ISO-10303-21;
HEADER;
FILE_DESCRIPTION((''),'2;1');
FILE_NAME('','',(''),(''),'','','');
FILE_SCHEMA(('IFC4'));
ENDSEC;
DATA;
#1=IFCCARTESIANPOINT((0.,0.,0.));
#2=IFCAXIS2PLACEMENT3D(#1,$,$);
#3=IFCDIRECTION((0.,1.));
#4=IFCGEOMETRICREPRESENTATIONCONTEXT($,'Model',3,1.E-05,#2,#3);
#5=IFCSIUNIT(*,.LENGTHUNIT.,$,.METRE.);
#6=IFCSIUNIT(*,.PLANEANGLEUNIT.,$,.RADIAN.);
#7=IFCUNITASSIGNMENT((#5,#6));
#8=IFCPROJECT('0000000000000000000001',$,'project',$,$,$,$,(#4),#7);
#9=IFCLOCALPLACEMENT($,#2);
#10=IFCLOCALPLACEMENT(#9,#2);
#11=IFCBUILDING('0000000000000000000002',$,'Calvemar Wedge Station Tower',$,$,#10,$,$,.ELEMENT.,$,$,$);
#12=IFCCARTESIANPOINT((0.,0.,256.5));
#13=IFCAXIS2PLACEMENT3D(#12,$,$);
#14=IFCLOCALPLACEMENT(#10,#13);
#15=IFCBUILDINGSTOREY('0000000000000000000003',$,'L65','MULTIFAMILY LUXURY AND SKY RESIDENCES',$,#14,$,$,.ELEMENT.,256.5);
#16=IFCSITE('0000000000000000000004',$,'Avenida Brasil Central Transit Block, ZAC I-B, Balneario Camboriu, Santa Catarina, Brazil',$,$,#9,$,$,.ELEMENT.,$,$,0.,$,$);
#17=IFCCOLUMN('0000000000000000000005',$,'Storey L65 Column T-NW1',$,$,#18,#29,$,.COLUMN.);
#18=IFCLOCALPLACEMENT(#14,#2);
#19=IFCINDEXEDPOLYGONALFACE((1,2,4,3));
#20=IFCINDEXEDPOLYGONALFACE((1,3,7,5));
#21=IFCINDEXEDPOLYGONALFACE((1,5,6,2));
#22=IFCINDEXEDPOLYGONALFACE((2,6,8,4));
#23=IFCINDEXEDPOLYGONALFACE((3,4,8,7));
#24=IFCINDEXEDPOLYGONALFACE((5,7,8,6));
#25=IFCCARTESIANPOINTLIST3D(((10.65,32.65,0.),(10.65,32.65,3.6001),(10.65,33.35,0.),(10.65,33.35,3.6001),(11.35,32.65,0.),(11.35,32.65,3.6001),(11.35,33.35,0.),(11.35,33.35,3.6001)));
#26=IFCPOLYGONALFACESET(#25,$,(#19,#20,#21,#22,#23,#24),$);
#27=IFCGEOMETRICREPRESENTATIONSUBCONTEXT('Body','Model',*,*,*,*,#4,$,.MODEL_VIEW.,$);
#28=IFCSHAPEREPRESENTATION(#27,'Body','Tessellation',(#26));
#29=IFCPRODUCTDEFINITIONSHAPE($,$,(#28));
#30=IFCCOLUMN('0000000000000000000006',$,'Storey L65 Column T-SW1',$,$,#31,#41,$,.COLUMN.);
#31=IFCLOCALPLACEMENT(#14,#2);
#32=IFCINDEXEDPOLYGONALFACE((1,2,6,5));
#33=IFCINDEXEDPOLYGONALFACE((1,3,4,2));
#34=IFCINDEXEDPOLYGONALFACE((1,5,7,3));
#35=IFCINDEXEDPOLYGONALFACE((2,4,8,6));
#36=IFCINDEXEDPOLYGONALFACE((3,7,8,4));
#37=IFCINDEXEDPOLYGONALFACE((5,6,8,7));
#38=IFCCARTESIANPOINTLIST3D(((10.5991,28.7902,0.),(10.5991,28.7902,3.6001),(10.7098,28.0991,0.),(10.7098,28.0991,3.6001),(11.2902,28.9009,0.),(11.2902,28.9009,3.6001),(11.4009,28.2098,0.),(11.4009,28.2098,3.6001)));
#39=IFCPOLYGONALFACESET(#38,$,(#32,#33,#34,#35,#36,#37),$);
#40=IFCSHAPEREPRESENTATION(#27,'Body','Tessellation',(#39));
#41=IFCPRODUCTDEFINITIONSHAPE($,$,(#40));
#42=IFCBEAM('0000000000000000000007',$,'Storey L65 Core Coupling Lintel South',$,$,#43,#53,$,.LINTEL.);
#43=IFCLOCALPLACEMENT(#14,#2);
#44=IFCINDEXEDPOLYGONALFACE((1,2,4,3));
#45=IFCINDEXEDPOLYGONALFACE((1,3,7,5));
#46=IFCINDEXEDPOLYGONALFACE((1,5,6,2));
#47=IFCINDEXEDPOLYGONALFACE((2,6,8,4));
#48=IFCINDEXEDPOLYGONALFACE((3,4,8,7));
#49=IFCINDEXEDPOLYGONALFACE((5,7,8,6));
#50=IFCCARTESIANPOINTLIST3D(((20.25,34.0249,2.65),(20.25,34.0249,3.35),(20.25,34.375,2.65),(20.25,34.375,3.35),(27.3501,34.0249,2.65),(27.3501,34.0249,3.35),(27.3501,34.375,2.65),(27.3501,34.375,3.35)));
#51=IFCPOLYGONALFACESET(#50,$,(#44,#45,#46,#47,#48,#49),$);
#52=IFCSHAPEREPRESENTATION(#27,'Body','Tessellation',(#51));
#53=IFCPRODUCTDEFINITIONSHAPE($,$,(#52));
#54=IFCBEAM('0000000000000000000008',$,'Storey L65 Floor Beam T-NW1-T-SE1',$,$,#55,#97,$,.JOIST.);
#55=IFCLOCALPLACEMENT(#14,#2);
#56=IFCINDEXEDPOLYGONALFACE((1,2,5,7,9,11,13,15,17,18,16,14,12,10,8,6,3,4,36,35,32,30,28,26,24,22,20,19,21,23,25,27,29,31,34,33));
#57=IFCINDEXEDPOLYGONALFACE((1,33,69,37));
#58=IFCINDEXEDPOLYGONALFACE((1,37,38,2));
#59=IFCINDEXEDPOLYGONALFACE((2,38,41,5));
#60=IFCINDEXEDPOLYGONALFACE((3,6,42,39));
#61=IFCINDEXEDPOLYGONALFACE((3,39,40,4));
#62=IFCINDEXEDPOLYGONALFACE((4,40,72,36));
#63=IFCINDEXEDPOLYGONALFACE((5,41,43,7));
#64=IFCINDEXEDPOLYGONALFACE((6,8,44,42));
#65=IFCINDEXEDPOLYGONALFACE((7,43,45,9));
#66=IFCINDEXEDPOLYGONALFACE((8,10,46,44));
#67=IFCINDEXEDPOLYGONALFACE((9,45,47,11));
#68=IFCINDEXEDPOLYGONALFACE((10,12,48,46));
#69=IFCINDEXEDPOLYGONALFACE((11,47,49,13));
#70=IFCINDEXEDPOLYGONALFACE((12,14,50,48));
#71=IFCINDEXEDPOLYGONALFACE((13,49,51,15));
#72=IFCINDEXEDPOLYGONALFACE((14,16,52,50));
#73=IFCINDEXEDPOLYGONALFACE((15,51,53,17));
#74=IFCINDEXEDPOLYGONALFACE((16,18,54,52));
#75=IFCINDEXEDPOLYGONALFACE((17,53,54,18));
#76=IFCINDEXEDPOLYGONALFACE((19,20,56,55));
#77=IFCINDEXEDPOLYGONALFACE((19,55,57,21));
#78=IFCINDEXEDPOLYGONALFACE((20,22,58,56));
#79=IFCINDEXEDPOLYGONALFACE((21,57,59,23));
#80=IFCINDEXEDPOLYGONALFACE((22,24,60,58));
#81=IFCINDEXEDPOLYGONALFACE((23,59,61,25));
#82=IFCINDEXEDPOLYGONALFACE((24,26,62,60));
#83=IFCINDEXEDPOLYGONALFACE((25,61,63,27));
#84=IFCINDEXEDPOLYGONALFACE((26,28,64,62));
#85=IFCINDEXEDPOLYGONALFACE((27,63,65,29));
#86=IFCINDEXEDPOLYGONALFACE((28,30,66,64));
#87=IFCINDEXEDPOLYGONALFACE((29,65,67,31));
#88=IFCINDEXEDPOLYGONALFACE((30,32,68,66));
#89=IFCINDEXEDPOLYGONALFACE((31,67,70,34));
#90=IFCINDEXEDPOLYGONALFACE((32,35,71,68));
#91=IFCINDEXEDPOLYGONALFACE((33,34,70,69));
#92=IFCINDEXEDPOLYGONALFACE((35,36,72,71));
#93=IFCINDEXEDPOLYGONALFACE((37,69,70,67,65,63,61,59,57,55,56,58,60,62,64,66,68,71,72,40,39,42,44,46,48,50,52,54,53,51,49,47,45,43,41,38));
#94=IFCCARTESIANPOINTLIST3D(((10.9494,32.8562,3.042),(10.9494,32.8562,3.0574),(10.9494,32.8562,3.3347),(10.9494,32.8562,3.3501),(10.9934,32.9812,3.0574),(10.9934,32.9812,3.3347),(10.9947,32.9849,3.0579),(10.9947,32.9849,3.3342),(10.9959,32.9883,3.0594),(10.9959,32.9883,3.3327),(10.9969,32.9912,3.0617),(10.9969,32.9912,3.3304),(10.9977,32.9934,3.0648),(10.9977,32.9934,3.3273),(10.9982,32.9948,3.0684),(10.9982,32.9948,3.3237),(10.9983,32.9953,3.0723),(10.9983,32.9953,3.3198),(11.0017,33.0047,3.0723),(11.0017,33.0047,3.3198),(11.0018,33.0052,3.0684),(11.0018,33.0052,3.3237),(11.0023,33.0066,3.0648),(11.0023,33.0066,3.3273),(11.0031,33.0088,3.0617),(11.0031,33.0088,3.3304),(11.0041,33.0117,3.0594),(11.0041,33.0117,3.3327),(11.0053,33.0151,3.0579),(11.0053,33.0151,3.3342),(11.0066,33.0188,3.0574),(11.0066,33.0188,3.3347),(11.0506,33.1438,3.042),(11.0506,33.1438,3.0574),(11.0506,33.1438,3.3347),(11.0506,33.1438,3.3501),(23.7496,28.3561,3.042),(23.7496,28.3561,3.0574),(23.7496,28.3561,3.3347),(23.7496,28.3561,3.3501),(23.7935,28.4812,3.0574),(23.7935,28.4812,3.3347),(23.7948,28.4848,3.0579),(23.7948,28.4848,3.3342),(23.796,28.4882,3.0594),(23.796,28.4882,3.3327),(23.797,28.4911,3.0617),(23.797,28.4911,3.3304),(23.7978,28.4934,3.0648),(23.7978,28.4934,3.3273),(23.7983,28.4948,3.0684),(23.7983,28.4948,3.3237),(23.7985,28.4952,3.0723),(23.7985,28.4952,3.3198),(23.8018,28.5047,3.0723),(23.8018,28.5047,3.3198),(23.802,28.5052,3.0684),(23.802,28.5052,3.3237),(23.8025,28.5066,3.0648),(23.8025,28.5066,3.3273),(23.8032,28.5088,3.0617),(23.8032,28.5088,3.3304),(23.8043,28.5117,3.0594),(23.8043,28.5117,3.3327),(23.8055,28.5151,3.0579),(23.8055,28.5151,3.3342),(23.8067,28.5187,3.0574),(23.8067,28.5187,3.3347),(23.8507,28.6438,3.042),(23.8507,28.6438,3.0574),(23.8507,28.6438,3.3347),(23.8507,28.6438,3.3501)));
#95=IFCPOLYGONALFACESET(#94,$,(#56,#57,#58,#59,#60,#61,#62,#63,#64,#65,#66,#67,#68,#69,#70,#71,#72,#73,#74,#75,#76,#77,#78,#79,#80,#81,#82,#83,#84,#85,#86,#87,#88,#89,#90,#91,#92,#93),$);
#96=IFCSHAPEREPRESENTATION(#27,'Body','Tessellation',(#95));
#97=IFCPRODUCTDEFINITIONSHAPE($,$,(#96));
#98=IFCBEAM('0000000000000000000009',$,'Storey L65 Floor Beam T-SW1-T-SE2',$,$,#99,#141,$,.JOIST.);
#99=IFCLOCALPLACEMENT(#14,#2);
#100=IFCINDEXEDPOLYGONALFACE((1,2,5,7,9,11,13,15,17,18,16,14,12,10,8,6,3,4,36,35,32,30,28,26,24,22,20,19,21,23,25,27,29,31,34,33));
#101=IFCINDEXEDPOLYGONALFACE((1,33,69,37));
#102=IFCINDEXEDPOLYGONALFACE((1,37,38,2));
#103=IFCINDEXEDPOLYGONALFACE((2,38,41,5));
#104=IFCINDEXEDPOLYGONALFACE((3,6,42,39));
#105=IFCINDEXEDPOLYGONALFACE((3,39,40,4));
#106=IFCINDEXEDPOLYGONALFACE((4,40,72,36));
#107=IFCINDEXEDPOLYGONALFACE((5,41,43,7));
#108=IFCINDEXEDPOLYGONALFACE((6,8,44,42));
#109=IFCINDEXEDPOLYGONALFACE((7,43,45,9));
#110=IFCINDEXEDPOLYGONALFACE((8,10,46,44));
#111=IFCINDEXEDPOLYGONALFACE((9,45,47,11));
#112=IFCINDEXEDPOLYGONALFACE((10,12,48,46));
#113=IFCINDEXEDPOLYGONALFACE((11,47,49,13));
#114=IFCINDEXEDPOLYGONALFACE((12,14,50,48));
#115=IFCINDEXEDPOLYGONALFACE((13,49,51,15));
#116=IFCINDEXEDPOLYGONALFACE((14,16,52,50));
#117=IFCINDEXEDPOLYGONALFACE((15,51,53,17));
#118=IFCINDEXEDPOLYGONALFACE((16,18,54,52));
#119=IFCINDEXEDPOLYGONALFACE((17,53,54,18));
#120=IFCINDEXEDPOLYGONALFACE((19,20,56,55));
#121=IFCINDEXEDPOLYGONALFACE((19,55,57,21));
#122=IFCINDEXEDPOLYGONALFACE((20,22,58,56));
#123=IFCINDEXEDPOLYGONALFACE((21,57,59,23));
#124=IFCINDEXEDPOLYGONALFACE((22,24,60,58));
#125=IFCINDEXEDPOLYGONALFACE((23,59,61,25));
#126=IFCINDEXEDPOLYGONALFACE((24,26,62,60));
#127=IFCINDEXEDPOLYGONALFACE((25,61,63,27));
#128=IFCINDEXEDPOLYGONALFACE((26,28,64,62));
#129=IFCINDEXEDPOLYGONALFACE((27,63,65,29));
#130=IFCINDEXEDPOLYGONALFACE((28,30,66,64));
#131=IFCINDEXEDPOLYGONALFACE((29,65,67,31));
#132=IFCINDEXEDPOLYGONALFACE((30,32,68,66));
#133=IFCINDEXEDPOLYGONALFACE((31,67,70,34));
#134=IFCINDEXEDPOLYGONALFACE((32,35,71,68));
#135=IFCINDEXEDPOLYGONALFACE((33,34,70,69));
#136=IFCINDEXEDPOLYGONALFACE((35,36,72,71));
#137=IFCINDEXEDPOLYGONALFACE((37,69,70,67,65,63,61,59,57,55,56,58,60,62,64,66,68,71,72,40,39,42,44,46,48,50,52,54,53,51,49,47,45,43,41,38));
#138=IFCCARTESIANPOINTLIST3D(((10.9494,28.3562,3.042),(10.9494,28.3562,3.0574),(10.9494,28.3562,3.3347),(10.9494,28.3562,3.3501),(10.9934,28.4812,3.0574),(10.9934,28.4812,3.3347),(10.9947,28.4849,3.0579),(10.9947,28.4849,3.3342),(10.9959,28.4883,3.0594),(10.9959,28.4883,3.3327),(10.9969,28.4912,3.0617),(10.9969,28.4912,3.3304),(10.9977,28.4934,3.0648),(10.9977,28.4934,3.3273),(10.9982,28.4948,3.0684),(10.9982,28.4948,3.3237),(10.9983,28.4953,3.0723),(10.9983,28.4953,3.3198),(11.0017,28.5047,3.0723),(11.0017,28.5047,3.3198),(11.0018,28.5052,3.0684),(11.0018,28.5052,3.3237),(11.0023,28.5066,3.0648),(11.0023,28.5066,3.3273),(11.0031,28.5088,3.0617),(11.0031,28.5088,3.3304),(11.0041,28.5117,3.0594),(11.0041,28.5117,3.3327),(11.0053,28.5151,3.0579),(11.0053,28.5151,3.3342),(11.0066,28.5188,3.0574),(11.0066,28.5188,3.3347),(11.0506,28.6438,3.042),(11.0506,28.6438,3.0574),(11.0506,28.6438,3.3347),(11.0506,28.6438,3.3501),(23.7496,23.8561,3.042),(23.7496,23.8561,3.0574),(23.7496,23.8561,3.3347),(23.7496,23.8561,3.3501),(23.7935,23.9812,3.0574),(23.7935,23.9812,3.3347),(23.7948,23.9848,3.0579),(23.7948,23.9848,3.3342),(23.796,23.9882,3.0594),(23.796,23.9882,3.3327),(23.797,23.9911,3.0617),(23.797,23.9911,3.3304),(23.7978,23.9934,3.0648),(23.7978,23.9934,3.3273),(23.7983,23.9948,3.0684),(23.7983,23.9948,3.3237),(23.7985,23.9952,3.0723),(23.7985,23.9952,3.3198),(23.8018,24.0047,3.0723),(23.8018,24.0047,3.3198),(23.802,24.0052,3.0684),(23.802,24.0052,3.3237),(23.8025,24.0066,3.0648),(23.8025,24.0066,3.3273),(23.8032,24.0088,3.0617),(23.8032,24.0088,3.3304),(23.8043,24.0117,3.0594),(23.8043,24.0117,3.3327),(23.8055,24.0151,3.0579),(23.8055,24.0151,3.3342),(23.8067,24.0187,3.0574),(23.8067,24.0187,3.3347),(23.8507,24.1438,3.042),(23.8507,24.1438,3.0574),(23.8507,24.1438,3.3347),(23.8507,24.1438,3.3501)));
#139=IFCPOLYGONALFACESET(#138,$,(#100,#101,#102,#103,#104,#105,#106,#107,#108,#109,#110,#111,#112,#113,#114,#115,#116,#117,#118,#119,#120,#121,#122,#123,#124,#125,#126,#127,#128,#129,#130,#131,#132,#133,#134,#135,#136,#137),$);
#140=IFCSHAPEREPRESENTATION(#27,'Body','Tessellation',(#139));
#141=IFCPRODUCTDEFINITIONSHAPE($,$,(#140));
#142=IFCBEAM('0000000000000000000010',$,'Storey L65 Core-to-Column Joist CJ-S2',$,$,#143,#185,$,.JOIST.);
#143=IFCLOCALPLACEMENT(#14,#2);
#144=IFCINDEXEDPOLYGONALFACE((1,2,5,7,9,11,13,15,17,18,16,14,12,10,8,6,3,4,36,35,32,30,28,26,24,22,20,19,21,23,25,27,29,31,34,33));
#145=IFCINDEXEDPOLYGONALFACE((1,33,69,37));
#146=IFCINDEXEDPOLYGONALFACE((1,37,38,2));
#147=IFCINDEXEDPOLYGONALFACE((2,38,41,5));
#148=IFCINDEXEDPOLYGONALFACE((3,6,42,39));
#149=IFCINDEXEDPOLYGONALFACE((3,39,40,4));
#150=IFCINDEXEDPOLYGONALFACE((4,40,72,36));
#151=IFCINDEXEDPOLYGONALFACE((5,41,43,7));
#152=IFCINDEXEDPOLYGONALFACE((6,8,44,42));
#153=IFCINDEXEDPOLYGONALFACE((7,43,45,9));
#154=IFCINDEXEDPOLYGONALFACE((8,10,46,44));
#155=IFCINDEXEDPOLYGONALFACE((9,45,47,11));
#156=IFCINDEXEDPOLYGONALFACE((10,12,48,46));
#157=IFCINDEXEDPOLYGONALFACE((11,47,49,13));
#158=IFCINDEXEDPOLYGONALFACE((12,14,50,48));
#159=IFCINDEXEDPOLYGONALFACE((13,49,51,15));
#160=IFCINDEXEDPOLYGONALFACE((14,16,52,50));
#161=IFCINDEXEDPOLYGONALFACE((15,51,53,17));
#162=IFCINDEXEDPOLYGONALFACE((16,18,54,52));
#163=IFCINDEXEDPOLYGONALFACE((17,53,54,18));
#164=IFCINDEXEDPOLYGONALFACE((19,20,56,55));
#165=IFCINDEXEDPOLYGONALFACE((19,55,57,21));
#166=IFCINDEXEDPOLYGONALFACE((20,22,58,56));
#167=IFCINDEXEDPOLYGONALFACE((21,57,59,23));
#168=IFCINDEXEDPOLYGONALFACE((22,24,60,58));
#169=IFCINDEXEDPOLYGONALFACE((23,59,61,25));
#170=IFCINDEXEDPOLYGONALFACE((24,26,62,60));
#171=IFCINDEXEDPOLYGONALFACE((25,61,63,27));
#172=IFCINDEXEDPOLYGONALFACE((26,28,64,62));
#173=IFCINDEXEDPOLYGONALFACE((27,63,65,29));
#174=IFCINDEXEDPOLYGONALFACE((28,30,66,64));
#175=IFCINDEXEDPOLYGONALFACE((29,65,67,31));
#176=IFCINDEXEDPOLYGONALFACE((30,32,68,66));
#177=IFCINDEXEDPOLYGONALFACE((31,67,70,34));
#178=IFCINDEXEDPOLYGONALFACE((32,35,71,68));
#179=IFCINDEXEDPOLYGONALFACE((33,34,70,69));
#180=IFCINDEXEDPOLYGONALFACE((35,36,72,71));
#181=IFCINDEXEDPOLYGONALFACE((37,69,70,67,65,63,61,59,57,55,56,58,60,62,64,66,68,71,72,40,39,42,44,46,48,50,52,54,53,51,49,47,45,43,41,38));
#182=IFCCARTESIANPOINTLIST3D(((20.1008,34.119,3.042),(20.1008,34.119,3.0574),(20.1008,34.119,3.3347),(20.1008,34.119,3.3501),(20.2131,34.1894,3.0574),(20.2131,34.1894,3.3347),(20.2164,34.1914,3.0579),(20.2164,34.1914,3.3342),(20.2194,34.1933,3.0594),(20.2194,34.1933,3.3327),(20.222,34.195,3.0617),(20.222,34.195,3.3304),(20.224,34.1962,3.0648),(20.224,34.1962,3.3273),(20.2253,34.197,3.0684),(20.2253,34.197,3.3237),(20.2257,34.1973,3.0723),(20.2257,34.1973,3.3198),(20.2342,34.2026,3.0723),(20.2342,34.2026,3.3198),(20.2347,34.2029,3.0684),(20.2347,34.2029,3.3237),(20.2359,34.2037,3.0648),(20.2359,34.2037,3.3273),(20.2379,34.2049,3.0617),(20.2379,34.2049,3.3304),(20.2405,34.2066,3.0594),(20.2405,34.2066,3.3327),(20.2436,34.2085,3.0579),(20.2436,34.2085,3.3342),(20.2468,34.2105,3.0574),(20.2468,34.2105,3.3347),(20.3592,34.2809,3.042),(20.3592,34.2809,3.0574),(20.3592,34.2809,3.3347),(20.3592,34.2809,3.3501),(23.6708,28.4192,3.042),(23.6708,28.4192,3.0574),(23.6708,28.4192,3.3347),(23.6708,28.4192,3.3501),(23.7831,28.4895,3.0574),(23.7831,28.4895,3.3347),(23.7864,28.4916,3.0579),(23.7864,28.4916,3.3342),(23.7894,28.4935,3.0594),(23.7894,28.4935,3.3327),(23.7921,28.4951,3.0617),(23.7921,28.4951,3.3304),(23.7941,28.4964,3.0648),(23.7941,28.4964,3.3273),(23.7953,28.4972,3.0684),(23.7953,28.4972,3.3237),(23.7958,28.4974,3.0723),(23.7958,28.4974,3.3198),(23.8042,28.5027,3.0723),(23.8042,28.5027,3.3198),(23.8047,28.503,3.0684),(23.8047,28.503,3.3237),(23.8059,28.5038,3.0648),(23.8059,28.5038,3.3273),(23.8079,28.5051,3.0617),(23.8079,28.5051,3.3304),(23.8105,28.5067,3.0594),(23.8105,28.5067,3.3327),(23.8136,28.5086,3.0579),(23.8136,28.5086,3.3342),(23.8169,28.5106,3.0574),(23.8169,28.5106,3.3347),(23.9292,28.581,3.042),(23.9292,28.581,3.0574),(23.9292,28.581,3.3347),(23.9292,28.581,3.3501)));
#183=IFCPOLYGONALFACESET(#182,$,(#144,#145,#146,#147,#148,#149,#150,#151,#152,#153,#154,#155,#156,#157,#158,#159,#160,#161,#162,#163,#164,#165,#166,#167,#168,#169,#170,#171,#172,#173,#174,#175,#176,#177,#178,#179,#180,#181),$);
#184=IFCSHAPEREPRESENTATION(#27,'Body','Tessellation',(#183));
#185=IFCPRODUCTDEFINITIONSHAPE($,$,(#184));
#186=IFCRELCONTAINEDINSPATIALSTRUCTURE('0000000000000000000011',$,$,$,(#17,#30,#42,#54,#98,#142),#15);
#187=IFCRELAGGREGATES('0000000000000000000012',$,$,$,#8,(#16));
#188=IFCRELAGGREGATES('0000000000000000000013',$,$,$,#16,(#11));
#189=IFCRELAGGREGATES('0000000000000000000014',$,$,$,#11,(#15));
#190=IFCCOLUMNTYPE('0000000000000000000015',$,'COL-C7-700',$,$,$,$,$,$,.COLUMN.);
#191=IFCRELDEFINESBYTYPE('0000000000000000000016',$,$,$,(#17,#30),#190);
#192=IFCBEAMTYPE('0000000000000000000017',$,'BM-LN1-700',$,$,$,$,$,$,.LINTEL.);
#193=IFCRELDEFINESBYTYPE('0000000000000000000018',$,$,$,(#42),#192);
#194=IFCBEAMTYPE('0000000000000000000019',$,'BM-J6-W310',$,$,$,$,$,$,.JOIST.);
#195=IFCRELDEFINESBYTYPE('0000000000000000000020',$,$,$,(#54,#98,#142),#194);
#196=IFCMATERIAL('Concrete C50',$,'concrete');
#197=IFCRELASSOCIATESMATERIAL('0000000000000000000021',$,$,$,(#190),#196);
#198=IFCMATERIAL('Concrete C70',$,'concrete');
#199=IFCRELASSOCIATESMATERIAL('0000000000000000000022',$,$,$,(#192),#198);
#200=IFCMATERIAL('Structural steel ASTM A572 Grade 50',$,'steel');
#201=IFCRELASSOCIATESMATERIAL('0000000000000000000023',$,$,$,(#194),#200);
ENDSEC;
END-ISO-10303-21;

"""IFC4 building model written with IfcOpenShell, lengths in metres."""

from ifc_helpers import new_model, si_unit, direction, frame, origin, origin_2d, place, context, subcontext, project, spatial, rectangle, i_section, extrude, source, transform, mapped, material, material_profile, profile_set, type_object, element, save


model = new_model("IFC4")

# Units and contexts
model_context = context("Model", 3, precision=1e-05, world=origin(), true_north=direction((0.0, 1.0)))
body_context = subcontext(model_context, "Body", "Model", "MODEL_VIEW")
ifc_project = project(units=[si_unit("LENGTHUNIT", "METRE"), si_unit("PLANEANGLEUNIT", "RADIAN")], contexts=[model_context])

# Site, building, storey
site_placement = place(None, origin())
site = spatial("IfcSite", under=ifc_project, at=site_placement, Name="Avenida Brasil Central Transit Block, ZAC I-B, Balneario Camboriu, Santa Catarina, Brazil", CompositionType="ELEMENT", RefElevation=0.0)
building_placement = place(site_placement, origin())
building = spatial("IfcBuilding", under=site, at=building_placement, Name="Calvemar Wedge Station Tower", CompositionType="ELEMENT")
storey_placement = place(building_placement, frame((0.0, 0.0, 256.5)))
storey = spatial("IfcBuildingStorey", under=building, at=storey_placement, Name="L65", Description="MULTIFAMILY LUXURY AND SKY RESIDENCES", CompositionType="ELEMENT", Elevation=256.5)

# Columns
ifc_material_1 = material(Name="Concrete C50", Category="concrete")
ifc_material_profile_1 = material_profile(ifc_material_1, rectangle(XDim=0.7, YDim=0.7, at=origin_2d()), Name="RC700x700")
ifc_profile_set_1 = profile_set([ifc_material_profile_1], Name="Concrete C50")
column_type = type_object("IfcColumnType", Name="COL-C7-700", PredefinedType="COLUMN", material=ifc_profile_set_1)
shared_shape_1 = source(origin(), body_context, "Body", "SweptSolid", [
    extrude(rectangle(XDim=0.7, YDim=0.7, at=origin_2d()), origin(), (0.0, 0.0, 1.0), 3.6001),
])
for number, where, z_axis, x_axis, name in (
    (1, (11.0, 33.0, 0.0), (0.0, 0.0, 1.0), (1.0, 0.0, 0.0), "Storey L65 Column T-NW1"),
    (2, (11.0, 28.5, 0.0), (0.0, 0.0, 1.0), (0.158158, -0.987414, 0.0), "Storey L65 Column T-SW1"),
):
    element("IfcColumn", number, at=place(storey_placement, frame(where, z_axis=z_axis, x_axis=x_axis)), inside=storey, type_object=column_type, Name=name, PredefinedType="COLUMN", context=body_context, shape_type="MappedRepresentation", body=[
        mapped(shared_shape_1, transform((0.0, 0.0, 0.0), scale=1.0)),
    ])

# Beams
ifc_material_2 = material(Name="Concrete C70", Category="concrete")
ifc_material_profile_2 = material_profile(ifc_material_2, rectangle(XDim=0.3501, YDim=0.7, at=origin_2d()), Name="RC350x700")
ifc_profile_set_2 = profile_set([ifc_material_profile_2], Name="Concrete C70")
beam_type_1 = type_object("IfcBeamType", Name="BM-LN1-700", PredefinedType="LINTEL", material=ifc_profile_set_2)
shared_shape_2 = source(origin(), body_context, "Body", "SweptSolid", [
    extrude(rectangle(XDim=0.3501, YDim=0.7, at=origin_2d()), origin(), (0.0, 0.0, 1.0), 7.1001),
])
beam_1_placement = place(storey_placement, frame((20.25, 34.2, 3.0), z_axis=(1.0, 0.0, 0.0), x_axis=(0.0, 1.0, 0.0)))
element("IfcBeam", 3, at=beam_1_placement, inside=storey, type_object=beam_type_1, Name="Storey L65 Core Coupling Lintel South", PredefinedType="LINTEL", context=body_context, shape_type="MappedRepresentation", body=[
    mapped(shared_shape_2, transform((0.0, 0.0, 0.0), scale=1.0)),
])
ifc_material_3 = material(Name="Structural steel ASTM A572 Grade 50", Category="steel")
ifc_material_profile_3 = material_profile(ifc_material_3, i_section(OverallWidth=0.3049, OverallDepth=0.3081, WebThickness=0.01, FlangeThickness=0.0154, FilletRadius=0.0149, at=origin_2d()), Name="W310x97")
ifc_profile_set_3 = profile_set([ifc_material_profile_3], Name="Structural steel ASTM A572 Grade 50")
beam_type_2 = type_object("IfcBeamType", Name="BM-J6-W310", PredefinedType="JOIST", material=ifc_profile_set_3)
shared_shape_3 = source(origin(), body_context, "Body", "SweptSolid", [
    extrude(i_section(OverallWidth=0.3049, OverallDepth=0.3081, WebThickness=0.01, FlangeThickness=0.0154, FilletRadius=0.0149, at=origin_2d()), origin(), (0.0, 0.0, 1.0), 13.5681),
])
for number, where, z_axis, x_axis, name in (
    (4, (11.0, 33.0, 3.196), (0.943398, -0.331662, 0.0), (0.331662, 0.943398, 0.0), "Storey L65 Floor Beam T-NW1-T-SE1"),
    (5, (11.0, 28.5, 3.196), (0.943398, -0.331662, 0.0), (0.331662, 0.943398, 0.0), "Storey L65 Floor Beam T-SW1-T-SE2"),
):
    element("IfcBeam", number, at=place(storey_placement, frame(where, z_axis=z_axis, x_axis=x_axis)), inside=storey, type_object=beam_type_2, Name=name, PredefinedType="JOIST", context=body_context, shape_type="MappedRepresentation", body=[
        mapped(shared_shape_3, transform((0.0, 0.0, 0.0), scale=1.0)),
    ])
shared_shape_4 = source(origin(), body_context, "Body", "SweptSolid", [
    extrude(i_section(OverallWidth=0.3049, OverallDepth=0.3081, WebThickness=0.01, FlangeThickness=0.0154, FilletRadius=0.0149, at=origin_2d()), origin(), (0.0, 0.0, 1.0), 6.7256),
])
beam_2_placement = place(storey_placement, frame((20.23, 34.2, 3.196), z_axis=(0.530811, -0.84749, 0.0), x_axis=(0.84749, 0.530811, 0.0)))
element("IfcBeam", 6, at=beam_2_placement, inside=storey, type_object=beam_type_2, Name="Storey L65 Core-to-Column Joist CJ-S2", PredefinedType="JOIST", context=body_context, shape_type="MappedRepresentation", body=[
    mapped(shared_shape_4, transform((0.0, 0.0, 0.0), scale=1.0)),
])

save(model, "model.ifc")
